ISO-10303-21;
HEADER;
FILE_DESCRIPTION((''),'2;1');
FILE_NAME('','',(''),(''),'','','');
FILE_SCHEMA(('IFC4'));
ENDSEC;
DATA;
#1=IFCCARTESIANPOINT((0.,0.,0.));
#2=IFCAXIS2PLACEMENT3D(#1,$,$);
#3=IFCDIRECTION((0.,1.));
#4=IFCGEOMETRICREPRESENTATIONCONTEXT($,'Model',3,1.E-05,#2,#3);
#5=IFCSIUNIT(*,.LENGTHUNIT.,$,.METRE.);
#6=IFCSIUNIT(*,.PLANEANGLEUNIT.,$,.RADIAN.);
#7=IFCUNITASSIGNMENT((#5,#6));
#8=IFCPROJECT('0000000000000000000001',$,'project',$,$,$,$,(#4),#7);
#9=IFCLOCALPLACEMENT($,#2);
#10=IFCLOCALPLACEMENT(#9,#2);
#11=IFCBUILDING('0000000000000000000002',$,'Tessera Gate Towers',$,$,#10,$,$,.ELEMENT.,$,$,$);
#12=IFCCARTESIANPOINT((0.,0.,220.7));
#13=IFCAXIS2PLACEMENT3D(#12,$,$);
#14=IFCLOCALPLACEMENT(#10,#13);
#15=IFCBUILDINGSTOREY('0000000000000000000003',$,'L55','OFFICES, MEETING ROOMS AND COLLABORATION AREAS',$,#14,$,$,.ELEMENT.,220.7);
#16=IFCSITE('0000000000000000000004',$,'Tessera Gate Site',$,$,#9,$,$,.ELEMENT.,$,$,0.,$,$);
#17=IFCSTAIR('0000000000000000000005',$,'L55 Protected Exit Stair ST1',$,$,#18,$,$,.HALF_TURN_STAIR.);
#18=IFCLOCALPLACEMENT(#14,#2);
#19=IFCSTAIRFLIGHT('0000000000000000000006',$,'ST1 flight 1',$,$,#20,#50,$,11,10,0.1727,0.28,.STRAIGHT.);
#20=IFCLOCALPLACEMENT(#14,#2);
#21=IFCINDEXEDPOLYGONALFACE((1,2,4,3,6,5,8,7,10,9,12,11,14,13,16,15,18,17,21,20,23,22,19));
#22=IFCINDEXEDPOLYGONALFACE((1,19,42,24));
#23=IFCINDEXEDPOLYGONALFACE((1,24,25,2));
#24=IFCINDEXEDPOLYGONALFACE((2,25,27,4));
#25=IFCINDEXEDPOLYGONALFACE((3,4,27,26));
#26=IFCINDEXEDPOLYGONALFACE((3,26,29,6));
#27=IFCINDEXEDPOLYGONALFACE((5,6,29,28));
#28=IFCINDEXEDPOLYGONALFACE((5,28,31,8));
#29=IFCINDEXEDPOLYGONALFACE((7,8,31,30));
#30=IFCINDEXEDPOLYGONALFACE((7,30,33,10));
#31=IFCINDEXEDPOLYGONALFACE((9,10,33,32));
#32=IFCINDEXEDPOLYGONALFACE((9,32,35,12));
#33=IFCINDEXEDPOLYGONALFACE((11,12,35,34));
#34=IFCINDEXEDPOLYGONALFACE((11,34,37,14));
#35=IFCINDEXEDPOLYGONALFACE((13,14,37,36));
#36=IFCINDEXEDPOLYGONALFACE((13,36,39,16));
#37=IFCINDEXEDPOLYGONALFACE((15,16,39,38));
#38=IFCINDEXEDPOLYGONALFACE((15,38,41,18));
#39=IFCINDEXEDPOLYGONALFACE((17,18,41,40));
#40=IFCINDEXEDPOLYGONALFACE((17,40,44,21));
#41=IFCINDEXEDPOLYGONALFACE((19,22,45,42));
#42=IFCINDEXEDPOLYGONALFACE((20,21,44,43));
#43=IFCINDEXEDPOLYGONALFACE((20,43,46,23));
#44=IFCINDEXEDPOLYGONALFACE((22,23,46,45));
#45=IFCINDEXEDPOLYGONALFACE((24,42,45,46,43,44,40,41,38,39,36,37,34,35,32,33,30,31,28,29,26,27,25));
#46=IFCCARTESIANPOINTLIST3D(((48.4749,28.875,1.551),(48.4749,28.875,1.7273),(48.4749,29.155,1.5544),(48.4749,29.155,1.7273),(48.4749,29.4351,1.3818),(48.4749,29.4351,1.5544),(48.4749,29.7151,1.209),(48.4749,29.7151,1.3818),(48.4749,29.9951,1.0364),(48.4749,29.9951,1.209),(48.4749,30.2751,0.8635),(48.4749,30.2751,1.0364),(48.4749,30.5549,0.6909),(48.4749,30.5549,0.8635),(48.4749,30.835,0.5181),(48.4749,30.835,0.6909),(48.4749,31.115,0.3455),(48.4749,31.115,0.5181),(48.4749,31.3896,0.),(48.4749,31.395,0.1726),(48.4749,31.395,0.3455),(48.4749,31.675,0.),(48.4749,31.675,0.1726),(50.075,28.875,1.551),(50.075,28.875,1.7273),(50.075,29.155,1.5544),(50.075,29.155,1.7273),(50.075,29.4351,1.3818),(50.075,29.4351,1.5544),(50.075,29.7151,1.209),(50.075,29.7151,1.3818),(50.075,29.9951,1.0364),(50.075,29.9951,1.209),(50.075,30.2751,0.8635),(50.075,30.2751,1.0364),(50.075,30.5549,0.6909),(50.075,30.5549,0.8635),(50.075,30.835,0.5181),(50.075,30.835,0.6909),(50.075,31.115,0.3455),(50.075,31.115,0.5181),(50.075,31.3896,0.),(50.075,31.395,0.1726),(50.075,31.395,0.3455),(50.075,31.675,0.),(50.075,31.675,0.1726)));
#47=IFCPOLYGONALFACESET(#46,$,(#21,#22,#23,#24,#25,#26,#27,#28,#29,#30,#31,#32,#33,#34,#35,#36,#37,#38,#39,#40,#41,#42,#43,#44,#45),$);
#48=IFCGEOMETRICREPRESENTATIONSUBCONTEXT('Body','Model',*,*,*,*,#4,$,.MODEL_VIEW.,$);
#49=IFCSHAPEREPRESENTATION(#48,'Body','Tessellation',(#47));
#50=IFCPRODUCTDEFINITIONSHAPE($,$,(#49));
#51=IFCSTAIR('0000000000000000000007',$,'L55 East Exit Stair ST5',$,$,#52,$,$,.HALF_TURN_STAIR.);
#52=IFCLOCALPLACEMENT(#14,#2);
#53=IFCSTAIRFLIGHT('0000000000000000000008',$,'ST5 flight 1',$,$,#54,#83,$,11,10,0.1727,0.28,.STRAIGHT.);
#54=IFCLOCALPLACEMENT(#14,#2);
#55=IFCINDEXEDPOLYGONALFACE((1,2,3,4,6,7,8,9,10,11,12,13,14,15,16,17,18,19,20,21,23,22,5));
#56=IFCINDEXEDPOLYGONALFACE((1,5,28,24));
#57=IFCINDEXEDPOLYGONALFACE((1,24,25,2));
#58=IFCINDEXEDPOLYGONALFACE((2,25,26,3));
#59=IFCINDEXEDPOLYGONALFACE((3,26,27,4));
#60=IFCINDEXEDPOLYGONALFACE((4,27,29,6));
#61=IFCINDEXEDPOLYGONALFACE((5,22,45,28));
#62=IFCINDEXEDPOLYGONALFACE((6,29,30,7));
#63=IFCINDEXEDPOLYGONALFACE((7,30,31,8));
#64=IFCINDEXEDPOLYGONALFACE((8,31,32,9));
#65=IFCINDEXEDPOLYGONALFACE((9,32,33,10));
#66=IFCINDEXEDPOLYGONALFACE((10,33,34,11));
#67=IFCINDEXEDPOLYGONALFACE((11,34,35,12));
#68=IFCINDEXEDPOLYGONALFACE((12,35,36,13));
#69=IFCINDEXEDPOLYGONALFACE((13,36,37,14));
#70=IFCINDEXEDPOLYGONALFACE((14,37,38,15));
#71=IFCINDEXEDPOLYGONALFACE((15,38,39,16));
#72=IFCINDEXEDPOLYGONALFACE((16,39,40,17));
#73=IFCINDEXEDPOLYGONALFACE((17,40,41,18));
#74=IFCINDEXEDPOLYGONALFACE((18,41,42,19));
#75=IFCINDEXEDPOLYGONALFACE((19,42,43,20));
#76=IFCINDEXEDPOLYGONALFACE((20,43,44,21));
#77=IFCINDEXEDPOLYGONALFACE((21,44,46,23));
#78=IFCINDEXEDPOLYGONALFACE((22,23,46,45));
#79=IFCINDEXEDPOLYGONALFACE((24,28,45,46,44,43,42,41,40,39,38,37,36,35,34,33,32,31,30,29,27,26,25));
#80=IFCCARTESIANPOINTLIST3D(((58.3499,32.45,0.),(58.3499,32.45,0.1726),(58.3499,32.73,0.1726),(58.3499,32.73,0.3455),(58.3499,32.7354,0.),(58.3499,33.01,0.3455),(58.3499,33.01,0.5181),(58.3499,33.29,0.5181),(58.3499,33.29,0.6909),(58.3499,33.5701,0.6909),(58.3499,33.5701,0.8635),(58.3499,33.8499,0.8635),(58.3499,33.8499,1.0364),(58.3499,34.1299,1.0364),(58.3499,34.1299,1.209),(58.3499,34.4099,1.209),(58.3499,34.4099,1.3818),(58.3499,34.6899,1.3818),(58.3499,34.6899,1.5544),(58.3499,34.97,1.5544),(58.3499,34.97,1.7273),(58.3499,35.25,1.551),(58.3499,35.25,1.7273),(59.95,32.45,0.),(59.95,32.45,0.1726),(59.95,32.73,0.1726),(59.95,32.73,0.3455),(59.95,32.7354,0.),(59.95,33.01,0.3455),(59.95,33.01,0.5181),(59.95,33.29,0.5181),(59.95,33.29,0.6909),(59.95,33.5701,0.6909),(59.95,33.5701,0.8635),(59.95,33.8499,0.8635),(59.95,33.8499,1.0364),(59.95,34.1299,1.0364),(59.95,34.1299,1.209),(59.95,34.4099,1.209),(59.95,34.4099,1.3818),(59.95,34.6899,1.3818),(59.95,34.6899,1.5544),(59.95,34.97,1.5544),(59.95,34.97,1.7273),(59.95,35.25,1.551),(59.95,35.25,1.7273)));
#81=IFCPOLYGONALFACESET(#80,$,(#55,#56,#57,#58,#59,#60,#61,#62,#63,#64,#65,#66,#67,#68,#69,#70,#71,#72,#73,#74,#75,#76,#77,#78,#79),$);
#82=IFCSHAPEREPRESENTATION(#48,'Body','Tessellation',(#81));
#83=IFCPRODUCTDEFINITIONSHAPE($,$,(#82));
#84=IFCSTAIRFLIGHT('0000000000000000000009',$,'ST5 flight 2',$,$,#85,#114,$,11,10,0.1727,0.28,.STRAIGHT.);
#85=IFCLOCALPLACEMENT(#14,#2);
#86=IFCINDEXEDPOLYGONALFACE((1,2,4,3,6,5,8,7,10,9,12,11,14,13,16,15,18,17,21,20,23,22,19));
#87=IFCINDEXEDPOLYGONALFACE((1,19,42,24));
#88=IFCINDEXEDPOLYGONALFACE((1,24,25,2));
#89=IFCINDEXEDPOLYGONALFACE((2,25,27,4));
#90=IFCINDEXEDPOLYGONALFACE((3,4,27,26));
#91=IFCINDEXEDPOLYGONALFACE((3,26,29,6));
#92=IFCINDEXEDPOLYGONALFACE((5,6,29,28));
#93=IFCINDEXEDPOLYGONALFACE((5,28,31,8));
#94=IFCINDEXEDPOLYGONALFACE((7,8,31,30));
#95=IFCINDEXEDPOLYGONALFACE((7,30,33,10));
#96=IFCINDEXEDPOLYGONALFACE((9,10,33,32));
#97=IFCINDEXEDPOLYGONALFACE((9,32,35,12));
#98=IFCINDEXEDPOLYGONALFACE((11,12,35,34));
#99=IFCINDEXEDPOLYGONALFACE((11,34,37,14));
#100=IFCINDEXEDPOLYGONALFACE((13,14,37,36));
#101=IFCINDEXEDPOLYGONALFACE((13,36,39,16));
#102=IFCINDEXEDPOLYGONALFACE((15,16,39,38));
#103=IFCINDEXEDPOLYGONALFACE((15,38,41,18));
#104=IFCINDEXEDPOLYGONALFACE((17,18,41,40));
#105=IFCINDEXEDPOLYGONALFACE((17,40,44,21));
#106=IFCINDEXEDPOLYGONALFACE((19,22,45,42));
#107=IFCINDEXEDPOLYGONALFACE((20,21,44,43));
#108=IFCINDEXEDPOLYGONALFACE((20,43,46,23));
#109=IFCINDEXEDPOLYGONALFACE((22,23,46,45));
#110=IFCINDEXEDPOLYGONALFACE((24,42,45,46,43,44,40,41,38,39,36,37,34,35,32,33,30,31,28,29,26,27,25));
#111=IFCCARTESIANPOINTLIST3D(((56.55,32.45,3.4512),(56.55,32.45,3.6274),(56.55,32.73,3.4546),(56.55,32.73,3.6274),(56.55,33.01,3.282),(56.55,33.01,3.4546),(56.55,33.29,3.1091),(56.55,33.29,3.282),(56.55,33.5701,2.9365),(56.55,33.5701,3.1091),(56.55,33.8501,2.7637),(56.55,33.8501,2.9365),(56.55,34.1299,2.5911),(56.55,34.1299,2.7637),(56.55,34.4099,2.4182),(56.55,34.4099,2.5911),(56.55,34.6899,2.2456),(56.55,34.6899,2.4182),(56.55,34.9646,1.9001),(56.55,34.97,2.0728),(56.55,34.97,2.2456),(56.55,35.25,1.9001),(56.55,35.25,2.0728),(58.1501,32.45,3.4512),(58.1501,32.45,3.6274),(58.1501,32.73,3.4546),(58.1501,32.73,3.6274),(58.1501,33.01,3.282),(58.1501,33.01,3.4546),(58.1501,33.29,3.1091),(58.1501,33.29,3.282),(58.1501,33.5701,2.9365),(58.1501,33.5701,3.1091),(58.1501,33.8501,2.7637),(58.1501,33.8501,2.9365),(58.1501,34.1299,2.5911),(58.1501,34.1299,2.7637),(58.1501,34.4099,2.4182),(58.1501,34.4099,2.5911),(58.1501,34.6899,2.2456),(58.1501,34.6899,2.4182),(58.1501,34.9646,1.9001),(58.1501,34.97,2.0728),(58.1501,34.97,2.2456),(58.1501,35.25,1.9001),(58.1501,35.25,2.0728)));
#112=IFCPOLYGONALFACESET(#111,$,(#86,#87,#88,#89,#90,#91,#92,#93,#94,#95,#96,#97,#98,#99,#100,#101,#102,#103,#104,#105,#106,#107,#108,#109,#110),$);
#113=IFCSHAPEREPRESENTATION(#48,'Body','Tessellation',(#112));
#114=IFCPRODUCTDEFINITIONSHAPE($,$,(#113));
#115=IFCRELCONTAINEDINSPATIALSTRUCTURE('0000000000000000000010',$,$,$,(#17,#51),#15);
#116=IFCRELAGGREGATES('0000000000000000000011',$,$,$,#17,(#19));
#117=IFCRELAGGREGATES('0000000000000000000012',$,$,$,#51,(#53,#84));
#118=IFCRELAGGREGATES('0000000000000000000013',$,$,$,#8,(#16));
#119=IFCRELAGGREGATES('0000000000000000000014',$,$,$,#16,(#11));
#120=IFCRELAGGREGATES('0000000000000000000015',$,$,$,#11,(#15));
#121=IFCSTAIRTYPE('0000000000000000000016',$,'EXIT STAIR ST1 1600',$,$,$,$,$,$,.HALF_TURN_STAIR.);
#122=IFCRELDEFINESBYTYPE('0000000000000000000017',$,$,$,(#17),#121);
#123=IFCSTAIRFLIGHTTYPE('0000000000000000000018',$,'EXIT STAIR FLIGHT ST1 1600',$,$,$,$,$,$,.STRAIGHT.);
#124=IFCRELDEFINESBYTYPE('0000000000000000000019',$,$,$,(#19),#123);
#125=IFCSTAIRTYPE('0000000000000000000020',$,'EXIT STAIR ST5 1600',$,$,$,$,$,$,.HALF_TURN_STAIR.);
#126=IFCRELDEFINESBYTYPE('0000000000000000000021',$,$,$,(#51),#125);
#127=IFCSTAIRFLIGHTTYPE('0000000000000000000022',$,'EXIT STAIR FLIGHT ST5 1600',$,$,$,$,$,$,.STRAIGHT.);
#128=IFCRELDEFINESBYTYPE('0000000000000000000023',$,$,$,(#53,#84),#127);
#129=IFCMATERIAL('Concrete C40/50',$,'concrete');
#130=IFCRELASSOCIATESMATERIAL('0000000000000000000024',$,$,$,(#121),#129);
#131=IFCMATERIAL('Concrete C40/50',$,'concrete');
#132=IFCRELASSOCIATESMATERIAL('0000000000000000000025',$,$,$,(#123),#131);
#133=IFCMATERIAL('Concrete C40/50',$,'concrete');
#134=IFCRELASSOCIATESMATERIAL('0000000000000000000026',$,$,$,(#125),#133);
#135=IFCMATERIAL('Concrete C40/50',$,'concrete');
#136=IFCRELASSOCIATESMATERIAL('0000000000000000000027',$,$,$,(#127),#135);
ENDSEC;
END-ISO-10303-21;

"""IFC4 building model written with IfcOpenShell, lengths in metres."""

from ifc_helpers import new_model, si_unit, direction, frame, origin, place, context, subcontext, project, spatial, polyline, outline, extrude, material, type_object, element, aggregate, save


model = new_model("IFC4")

# Units and contexts
model_context = context("Model", 3, precision=1e-05, world=origin(), true_north=direction((0.0, 1.0)))
body_context = subcontext(model_context, "Body", "Model", "MODEL_VIEW")
ifc_project = project(units=[si_unit("LENGTHUNIT", "METRE"), si_unit("PLANEANGLEUNIT", "RADIAN")], contexts=[model_context])

# Site, building, storey
site_placement = place(None, origin())
site = spatial("IfcSite", under=ifc_project, at=site_placement, Name="Tessera Gate Site", CompositionType="ELEMENT", RefElevation=0.0)
building_placement = place(site_placement, origin())
building = spatial("IfcBuilding", under=site, at=building_placement, Name="Tessera Gate Towers", CompositionType="ELEMENT")
storey_placement = place(building_placement, frame((0.0, 0.0, 220.7)))
storey = spatial("IfcBuildingStorey", under=building, at=storey_placement, Name="L55", Description="OFFICES, MEETING ROOMS AND COLLABORATION AREAS", CompositionType="ELEMENT", Elevation=220.7)

# Stair, stair flight
ifc_material_1 = material(Name="Concrete C40/50", Category="concrete")
stair_type_1 = type_object("IfcStairType", Name="EXIT STAIR ST1 1600", PredefinedType="HALF_TURN_STAIR", material=ifc_material_1)
stair_1_placement = place(storey_placement, origin())
stair_1 = element("IfcStair", 1, at=stair_1_placement, inside=storey, type_object=stair_type_1, Name="L55 Protected Exit Stair ST1", PredefinedType="HALF_TURN_STAIR")
ifc_material_2 = material(Name="Concrete C40/50", Category="concrete")
stair_flight_type_1 = type_object("IfcStairFlightType", Name="EXIT STAIR FLIGHT ST1 1600", PredefinedType="STRAIGHT", material=ifc_material_2)
stair_flight_1_placement = place(storey_placement, frame((49.2749, 31.675, 0.0), z_axis=(0.0, 0.0, 1.0), x_axis=(0.0, -1.0, 0.0)))
stair_flight_1 = element("IfcStairFlight", 2, at=stair_flight_1_placement, type_object=stair_flight_type_1, Name="ST1 flight 1", NumberOfRisers=11, NumberOfTreads=10, PredefinedType="STRAIGHT", RiserHeight=0.1727, TreadLength=0.28, context=body_context, shape_type="SweptSolid", body=[
    extrude(outline(polyline([(0.0, 0.0), (0.0, 0.1726), (0.28, 0.1726), (0.28, 0.3455), (0.5601, 0.3455), (0.5601, 0.5181), (0.8401, 0.5181), (0.8401, 0.6909), (1.1201, 0.6909), (1.1201, 0.8635), (1.3999, 0.8635), (1.3999, 1.0364), (1.6799, 1.0364), (1.6799, 1.209), (1.96, 1.209), (1.96, 1.3818), (2.24, 1.3818), (2.24, 1.5544), (2.52, 1.5544), (2.52, 1.7273), (2.8, 1.7273), (2.8, 1.8999), (2.8, 1.551), (0.2854, 0.0), (0.0, 0.0)])), frame((0.0, 0.8, 0.0), z_axis=(0.0, -1.0, 0.0), x_axis=(1.0, 0.0, 0.0)), (0.0, 0.0, 1.0), 1.6001),
])
aggregate(stair_1, [stair_flight_1])

# Stair, stair flights
ifc_material_3 = material(Name="Concrete C40/50", Category="concrete")
stair_type_2 = type_object("IfcStairType", Name="EXIT STAIR ST5 1600", PredefinedType="HALF_TURN_STAIR", material=ifc_material_3)
stair_2_placement = place(storey_placement, origin())
stair_2 = element("IfcStair", 3, at=stair_2_placement, inside=storey, type_object=stair_type_2, Name="L55 East Exit Stair ST5", PredefinedType="HALF_TURN_STAIR")
ifc_material_4 = material(Name="Concrete C40/50", Category="concrete")
stair_flight_type_2 = type_object("IfcStairFlightType", Name="EXIT STAIR FLIGHT ST5 1600", PredefinedType="STRAIGHT", material=ifc_material_4)
stair_flight_2_placement = place(storey_placement, frame((59.1499, 32.45, 0.0), z_axis=(0.0, 0.0, 1.0), x_axis=(0.0, 1.0, 0.0)))
stair_flight_2 = element("IfcStairFlight", 4, at=stair_flight_2_placement, type_object=stair_flight_type_2, Name="ST5 flight 1", NumberOfRisers=11, NumberOfTreads=10, PredefinedType="STRAIGHT", RiserHeight=0.1727, TreadLength=0.28, context=body_context, shape_type="SweptSolid", body=[
    extrude(outline(polyline([(0.0, 0.0), (0.0, 0.1726), (0.28, 0.1726), (0.28, 0.3455), (0.5601, 0.3455), (0.5601, 0.5181), (0.8401, 0.5181), (0.8401, 0.6909), (1.1201, 0.6909), (1.1201, 0.8635), (1.3999, 0.8635), (1.3999, 1.0364), (1.6799, 1.0364), (1.6799, 1.209), (1.96, 1.209), (1.96, 1.3818), (2.24, 1.3818), (2.24, 1.5544), (2.52, 1.5544), (2.52, 1.7273), (2.8, 1.7273), (2.8, 1.8999), (2.8, 1.551), (0.2854, 0.0), (0.0, 0.0)])), frame((0.0, 0.8, 0.0), z_axis=(0.0, -1.0, 0.0), x_axis=(1.0, 0.0, 0.0)), (0.0, 0.0, 1.0), 1.6001),
])
stair_flight_3_placement = place(storey_placement, frame((57.3501, 35.25, 1.9001), z_axis=(0.0, 0.0, 1.0), x_axis=(0.0, -1.0, 0.0)))
stair_flight_3 = element("IfcStairFlight", 5, at=stair_flight_3_placement, type_object=stair_flight_type_2, Name="ST5 flight 2", NumberOfRisers=11, NumberOfTreads=10, PredefinedType="STRAIGHT", RiserHeight=0.1727, TreadLength=0.28, context=body_context, shape_type="SweptSolid", body=[
    extrude(outline(polyline([(0.0, 0.0), (0.0, 0.1726), (0.28, 0.1726), (0.28, 0.3455), (0.5601, 0.3455), (0.5601, 0.5181), (0.8401, 0.5181), (0.8401, 0.6909), (1.1201, 0.6909), (1.1201, 0.8635), (1.3999, 0.8635), (1.3999, 1.0364), (1.6799, 1.0364), (1.6799, 1.209), (1.96, 1.209), (1.96, 1.3818), (2.24, 1.3818), (2.24, 1.5544), (2.52, 1.5544), (2.52, 1.7273), (2.8, 1.7273), (2.8, 1.8999), (2.8, 1.551), (0.2854, 0.0), (0.0, 0.0)])), frame((0.0, 0.8, 0.0), z_axis=(0.0, -1.0, 0.0), x_axis=(1.0, 0.0, 0.0)), (0.0, 0.0, 1.0), 1.6001),
])
aggregate(stair_2, [stair_flight_2, stair_flight_3])

save(model, "model.ifc")
